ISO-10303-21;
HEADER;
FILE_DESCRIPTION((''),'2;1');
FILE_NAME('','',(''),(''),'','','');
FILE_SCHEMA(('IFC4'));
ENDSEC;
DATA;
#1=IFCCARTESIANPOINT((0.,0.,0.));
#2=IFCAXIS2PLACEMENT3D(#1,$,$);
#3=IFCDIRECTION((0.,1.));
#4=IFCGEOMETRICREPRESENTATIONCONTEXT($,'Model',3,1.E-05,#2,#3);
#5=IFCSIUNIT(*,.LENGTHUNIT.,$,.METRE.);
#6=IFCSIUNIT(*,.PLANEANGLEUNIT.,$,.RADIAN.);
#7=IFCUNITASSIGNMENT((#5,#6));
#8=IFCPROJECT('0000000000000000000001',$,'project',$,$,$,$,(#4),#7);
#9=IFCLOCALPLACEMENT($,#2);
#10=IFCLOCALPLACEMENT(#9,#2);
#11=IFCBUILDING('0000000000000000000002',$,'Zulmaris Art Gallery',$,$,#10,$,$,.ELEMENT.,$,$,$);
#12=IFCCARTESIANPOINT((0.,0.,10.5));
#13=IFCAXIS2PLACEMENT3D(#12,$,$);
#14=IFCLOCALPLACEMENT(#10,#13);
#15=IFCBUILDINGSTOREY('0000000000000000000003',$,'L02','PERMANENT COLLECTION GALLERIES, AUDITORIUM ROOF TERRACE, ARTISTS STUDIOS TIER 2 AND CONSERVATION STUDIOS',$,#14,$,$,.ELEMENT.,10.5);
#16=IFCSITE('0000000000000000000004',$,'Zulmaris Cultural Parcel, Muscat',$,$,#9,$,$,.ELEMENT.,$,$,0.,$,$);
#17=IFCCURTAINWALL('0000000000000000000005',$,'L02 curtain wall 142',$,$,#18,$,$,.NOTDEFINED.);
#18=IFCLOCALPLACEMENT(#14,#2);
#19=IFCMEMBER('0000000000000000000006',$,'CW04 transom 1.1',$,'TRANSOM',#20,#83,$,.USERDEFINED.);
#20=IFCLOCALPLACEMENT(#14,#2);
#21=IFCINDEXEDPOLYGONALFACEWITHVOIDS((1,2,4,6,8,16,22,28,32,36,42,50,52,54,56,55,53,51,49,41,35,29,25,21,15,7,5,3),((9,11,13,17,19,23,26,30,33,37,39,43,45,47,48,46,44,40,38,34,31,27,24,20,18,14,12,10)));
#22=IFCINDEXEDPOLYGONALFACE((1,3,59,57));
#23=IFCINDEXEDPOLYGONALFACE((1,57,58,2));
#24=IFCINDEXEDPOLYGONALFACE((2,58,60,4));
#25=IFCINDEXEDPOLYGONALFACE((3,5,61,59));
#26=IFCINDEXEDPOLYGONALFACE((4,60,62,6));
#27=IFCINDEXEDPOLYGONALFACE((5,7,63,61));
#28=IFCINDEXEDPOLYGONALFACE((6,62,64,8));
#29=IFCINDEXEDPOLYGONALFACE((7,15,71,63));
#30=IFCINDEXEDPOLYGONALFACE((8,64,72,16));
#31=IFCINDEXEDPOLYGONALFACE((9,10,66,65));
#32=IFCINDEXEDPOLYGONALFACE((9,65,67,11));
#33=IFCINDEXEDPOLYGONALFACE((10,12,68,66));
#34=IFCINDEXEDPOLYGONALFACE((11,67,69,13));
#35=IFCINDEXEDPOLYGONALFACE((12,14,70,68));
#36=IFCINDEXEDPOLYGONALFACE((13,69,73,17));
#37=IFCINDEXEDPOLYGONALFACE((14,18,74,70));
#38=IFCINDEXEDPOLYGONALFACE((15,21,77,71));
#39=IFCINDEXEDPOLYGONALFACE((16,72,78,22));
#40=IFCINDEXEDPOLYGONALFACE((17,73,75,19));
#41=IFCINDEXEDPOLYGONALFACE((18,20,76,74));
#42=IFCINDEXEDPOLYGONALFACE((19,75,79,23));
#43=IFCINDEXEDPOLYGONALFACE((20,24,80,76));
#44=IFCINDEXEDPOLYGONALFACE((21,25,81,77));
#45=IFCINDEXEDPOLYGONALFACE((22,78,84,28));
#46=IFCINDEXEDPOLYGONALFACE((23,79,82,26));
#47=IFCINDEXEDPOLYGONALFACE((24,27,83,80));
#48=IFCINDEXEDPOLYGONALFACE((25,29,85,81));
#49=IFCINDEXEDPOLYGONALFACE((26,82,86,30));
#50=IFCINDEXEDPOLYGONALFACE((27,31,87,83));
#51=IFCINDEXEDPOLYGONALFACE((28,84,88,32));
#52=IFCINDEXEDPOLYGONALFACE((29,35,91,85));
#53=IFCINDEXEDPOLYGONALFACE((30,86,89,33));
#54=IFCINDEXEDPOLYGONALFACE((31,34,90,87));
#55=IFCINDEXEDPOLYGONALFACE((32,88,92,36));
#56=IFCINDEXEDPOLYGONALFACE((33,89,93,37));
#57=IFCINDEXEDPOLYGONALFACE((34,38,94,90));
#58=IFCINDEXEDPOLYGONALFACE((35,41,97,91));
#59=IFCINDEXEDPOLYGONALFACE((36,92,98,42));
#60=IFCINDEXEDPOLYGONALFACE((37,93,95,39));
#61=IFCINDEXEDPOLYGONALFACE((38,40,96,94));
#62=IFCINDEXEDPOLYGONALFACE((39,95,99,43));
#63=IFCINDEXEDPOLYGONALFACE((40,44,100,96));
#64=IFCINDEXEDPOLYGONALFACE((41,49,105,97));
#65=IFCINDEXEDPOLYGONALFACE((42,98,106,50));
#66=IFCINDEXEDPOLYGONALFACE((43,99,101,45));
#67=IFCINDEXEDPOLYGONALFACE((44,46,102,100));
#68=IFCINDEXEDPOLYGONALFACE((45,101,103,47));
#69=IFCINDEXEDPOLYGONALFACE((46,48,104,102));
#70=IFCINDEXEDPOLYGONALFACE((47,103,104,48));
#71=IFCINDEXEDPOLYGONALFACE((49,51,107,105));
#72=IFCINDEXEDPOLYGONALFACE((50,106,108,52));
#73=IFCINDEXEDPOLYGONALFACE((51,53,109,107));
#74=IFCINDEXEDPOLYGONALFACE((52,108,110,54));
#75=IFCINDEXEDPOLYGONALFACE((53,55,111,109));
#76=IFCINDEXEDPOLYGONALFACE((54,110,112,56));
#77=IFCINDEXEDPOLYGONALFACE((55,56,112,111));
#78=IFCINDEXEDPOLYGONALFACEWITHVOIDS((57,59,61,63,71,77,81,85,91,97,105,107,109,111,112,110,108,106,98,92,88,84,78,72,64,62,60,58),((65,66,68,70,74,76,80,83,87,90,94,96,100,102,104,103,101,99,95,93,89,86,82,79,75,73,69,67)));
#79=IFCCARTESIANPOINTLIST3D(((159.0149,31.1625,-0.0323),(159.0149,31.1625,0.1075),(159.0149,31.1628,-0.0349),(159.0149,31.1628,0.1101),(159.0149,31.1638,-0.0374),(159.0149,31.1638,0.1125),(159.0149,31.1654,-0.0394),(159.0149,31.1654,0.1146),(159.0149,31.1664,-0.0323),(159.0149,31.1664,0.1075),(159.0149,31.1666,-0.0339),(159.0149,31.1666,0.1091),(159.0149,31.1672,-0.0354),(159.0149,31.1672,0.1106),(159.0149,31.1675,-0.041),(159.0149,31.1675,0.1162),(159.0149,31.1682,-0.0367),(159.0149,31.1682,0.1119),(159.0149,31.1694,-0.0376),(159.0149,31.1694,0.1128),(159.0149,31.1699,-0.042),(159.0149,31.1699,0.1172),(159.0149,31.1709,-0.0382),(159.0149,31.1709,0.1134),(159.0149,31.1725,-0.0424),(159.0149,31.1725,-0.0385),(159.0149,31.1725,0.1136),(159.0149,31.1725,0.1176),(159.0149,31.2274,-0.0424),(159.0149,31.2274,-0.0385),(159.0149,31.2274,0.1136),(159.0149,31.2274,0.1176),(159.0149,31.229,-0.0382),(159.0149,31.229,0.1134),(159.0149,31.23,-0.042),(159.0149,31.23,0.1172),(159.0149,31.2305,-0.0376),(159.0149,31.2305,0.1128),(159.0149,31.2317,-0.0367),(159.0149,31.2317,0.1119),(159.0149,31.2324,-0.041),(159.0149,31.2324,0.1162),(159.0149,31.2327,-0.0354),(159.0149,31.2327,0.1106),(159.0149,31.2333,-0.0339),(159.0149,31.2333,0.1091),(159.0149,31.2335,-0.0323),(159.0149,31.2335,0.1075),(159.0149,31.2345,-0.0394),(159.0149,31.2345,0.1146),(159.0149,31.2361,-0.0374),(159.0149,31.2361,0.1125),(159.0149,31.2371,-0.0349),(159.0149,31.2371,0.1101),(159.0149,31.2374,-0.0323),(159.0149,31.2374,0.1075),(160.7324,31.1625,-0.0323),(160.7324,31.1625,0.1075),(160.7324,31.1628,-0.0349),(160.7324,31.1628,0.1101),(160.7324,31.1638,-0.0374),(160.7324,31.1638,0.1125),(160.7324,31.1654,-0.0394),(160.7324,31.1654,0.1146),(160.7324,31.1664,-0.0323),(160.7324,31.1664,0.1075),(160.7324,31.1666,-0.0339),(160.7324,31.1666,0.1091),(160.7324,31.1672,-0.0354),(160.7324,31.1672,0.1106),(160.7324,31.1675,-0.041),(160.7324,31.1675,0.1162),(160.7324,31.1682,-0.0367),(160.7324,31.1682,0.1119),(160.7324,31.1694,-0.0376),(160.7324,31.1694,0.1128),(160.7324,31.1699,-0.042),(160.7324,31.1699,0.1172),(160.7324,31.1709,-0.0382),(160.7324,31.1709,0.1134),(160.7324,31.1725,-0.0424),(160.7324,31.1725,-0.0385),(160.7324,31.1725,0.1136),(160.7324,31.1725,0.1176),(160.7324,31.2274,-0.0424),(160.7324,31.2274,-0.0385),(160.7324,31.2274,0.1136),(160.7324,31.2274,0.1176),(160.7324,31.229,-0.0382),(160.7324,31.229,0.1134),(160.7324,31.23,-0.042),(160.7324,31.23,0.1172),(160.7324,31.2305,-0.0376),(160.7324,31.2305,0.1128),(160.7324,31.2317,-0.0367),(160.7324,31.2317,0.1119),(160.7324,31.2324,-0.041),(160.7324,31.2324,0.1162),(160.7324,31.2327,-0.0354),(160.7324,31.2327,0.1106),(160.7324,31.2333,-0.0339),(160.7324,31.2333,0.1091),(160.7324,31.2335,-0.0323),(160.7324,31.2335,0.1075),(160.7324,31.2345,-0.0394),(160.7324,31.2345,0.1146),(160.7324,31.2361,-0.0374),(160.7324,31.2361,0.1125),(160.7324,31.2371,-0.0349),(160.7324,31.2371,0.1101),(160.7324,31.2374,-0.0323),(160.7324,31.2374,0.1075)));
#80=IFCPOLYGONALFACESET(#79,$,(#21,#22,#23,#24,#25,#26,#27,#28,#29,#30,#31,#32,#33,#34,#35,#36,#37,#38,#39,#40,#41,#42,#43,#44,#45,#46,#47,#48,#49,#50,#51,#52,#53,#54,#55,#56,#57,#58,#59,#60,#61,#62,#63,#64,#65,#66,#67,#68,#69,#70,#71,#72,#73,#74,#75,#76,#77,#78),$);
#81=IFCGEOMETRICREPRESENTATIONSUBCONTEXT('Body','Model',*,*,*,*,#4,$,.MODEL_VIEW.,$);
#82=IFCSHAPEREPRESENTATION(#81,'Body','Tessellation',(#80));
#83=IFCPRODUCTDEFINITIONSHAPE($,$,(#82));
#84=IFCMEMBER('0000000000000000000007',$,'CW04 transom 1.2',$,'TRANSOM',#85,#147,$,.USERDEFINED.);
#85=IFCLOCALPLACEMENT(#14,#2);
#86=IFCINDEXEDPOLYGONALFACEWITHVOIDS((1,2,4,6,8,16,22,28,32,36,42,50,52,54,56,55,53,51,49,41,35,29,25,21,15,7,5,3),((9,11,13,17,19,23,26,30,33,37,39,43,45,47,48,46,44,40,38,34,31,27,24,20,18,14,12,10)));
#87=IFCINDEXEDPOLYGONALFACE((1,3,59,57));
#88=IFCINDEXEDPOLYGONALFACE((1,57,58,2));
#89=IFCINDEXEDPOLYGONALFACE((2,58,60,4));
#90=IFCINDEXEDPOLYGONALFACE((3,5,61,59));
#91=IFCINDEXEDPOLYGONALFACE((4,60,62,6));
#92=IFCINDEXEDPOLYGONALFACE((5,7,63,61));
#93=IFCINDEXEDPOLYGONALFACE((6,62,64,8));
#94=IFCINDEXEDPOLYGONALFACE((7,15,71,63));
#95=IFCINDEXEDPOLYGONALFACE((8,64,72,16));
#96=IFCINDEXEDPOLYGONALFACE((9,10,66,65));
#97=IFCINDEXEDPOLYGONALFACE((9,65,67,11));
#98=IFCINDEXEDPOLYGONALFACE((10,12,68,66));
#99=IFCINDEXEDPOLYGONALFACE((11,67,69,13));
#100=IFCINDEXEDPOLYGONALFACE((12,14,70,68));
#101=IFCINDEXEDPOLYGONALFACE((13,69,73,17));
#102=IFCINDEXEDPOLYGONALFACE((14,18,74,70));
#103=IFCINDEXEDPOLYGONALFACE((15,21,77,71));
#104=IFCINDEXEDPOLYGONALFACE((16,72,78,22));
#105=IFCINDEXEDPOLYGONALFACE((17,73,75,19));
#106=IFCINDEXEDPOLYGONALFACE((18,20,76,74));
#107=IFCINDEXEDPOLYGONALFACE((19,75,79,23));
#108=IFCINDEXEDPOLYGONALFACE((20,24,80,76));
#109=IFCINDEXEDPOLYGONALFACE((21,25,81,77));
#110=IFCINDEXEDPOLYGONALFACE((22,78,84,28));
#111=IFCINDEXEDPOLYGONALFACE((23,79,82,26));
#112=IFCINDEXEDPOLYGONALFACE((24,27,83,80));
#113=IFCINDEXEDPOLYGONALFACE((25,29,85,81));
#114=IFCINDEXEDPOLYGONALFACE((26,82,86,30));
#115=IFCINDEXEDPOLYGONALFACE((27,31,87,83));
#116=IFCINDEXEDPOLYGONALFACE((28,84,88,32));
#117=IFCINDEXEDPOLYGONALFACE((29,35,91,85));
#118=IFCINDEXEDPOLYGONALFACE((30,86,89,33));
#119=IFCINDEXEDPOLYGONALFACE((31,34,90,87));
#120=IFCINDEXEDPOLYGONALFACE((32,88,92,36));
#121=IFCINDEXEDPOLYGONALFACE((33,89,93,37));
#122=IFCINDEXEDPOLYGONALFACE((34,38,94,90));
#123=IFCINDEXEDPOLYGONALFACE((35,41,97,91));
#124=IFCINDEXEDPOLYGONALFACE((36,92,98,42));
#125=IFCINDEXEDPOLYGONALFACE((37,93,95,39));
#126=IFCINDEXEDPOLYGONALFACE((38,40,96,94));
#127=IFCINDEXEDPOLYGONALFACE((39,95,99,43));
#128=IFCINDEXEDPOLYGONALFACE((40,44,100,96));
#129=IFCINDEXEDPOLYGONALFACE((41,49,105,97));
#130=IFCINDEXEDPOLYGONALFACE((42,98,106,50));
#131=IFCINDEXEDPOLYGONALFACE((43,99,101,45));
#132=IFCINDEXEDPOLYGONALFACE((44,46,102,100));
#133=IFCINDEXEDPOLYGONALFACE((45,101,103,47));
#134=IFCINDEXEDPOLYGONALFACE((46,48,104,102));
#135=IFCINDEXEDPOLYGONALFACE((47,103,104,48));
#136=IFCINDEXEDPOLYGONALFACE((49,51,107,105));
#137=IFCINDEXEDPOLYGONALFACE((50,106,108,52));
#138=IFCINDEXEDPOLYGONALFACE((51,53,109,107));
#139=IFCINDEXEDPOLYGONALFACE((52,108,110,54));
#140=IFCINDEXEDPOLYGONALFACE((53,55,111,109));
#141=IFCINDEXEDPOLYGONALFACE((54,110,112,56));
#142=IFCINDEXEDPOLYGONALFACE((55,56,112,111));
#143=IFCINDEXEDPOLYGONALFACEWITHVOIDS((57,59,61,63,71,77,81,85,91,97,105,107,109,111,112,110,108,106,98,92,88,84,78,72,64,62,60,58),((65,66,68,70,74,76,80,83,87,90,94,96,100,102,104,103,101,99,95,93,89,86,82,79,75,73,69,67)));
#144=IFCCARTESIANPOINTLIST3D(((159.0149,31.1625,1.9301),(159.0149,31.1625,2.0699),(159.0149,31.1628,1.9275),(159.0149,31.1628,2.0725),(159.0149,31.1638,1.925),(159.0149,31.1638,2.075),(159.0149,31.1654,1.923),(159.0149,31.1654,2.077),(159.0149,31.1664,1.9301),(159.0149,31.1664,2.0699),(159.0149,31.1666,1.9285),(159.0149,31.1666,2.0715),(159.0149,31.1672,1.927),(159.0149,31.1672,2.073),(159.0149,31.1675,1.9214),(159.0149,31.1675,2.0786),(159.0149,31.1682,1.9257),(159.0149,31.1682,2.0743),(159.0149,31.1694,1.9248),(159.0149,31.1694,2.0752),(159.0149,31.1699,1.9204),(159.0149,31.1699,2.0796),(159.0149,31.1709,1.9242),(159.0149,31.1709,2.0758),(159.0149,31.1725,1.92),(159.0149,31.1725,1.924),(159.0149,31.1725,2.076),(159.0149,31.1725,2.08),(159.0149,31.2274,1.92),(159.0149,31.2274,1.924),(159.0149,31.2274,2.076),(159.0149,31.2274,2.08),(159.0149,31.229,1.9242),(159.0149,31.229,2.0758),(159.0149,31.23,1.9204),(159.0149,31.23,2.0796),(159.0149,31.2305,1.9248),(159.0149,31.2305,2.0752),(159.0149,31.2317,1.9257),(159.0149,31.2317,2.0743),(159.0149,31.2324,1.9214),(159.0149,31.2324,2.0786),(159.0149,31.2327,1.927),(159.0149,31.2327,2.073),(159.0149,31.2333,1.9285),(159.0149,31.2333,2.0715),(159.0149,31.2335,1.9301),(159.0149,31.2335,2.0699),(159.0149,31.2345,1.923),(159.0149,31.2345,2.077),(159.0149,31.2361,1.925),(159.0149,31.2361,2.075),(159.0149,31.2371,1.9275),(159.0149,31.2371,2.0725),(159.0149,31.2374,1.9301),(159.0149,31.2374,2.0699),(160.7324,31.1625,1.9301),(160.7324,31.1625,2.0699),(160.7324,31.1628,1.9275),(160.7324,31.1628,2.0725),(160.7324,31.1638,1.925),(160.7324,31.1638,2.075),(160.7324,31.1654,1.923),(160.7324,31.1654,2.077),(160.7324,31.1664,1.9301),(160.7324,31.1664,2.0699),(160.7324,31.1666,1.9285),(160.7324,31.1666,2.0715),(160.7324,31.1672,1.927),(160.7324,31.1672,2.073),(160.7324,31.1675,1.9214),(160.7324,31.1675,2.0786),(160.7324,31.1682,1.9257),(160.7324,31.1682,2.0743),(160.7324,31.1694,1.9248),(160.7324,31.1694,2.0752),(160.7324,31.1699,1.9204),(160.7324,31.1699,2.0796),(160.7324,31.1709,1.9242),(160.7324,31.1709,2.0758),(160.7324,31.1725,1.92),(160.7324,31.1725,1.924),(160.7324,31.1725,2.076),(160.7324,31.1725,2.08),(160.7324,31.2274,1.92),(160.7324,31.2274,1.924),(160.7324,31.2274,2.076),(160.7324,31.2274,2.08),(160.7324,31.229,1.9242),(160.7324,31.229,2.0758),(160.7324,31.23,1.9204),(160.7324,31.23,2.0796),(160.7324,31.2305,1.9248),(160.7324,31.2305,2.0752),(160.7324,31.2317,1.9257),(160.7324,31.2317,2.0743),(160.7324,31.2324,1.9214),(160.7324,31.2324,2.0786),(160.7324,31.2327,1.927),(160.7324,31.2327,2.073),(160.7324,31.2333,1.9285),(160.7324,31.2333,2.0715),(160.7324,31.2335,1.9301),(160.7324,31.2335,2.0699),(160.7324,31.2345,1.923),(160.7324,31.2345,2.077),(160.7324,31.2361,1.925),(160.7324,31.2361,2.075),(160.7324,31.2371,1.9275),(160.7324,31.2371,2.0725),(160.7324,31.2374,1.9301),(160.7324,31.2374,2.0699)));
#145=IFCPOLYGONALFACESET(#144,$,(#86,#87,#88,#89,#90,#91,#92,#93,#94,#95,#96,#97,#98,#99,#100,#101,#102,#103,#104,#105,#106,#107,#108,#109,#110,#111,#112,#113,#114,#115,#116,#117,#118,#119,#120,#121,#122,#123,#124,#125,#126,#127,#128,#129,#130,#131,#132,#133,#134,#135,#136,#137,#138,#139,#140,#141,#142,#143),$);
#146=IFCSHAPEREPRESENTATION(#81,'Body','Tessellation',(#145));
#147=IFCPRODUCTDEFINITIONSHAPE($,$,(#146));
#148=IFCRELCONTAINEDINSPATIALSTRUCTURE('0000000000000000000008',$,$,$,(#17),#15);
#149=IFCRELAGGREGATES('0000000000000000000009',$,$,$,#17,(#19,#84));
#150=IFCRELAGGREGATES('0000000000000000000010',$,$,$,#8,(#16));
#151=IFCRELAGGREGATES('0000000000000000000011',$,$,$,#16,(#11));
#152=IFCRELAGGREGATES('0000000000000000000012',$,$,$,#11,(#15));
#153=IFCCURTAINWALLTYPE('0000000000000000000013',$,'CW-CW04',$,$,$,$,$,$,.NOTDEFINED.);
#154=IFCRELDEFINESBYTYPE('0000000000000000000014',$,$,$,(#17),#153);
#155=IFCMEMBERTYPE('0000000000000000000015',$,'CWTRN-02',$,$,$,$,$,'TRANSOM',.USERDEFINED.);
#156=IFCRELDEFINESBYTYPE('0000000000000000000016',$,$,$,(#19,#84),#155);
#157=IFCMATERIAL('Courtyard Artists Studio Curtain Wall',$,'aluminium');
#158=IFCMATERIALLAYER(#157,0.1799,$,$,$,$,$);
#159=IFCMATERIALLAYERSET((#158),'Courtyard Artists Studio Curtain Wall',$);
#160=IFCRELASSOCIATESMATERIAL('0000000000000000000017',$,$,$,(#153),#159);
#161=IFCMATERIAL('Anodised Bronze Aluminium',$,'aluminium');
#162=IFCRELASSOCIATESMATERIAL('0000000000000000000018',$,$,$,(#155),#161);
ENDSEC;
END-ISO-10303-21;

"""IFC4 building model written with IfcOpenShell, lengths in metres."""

from ifc_helpers import new_model, si_unit, direction, frame, origin, origin_2d, place, context, subcontext, project, spatial, hollow_rectangle, extrude, material, layer, layer_set, material_profile, profile_set, type_object, element, aggregate, save


model = new_model("IFC4")

# Units and contexts
model_context = context("Model", 3, precision=1e-05, world=origin(), true_north=direction((0.0, 1.0)))
body_context = subcontext(model_context, "Body", "Model", "MODEL_VIEW")
ifc_project = project(units=[si_unit("LENGTHUNIT", "METRE"), si_unit("PLANEANGLEUNIT", "RADIAN")], contexts=[model_context])

# Site, building, storey
site_placement = place(None, origin())
site = spatial("IfcSite", under=ifc_project, at=site_placement, Name="Zulmaris Cultural Parcel, Muscat", CompositionType="ELEMENT", RefElevation=0.0)
building_placement = place(site_placement, origin())
building = spatial("IfcBuilding", under=site, at=building_placement, Name="Zulmaris Art Gallery", CompositionType="ELEMENT")
storey_placement = place(building_placement, frame((0.0, 0.0, 10.5)))
storey = spatial("IfcBuildingStorey", under=building, at=storey_placement, Name="L02", Description="PERMANENT COLLECTION GALLERIES, AUDITORIUM ROOF TERRACE, ARTISTS STUDIOS TIER 2 AND CONSERVATION STUDIOS", CompositionType="ELEMENT", Elevation=10.5)

# Curtain wall, members
ifc_material_1 = material(Name="Courtyard Artists Studio Curtain Wall", Category="aluminium")
ifc_layer_1 = layer(ifc_material_1, 0.1799)
ifc_layer_set_1 = layer_set([ifc_layer_1], Name="Courtyard Artists Studio Curtain Wall")
curtain_wall_type = type_object("IfcCurtainWallType", Name="CW-CW04", PredefinedType="NOTDEFINED", material=ifc_layer_set_1)
curtain_wall_placement = place(storey_placement, origin())
curtain_wall = element("IfcCurtainWall", 1, at=curtain_wall_placement, inside=storey, type_object=curtain_wall_type, Name="L02 curtain wall 142", PredefinedType="NOTDEFINED")
ifc_material_2 = material(Name="Anodised Bronze Aluminium", Category="aluminium")
ifc_material_profile_1 = material_profile(ifc_material_2, hollow_rectangle(XDim=0.075, YDim=0.1599, WallThickness=0.0039, InnerFilletRadius=0.0061, OuterFilletRadius=0.01, at=origin_2d()), Name="ALU 75x160x4")
ifc_profile_set_1 = profile_set([ifc_material_profile_1], Name="Anodised Bronze Aluminium")
member_type_1 = type_object("IfcMemberType", Name="CWTRN-02", ElementType="TRANSOM", PredefinedType="USERDEFINED", material=ifc_profile_set_1)
member_1_placement = place(storey_placement, frame((159.0149, 31.2, 0.0376), z_axis=(1.0, 0.0, 0.0), x_axis=(0.0, 1.0, 0.0)))
member_1 = element("IfcMember", 2, at=member_1_placement, type_object=member_type_1, Name="CW04 transom 1.1", ObjectType="TRANSOM", PredefinedType="USERDEFINED", context=body_context, shape_type="SweptSolid", body=[
    extrude(hollow_rectangle(XDim=0.075, YDim=0.1599, WallThickness=0.0039, InnerFilletRadius=0.0061, OuterFilletRadius=0.01, at=origin_2d()), origin(), (0.0, 0.0, 1.0), 1.7175),
])
member_2_placement = place(storey_placement, frame((159.0149, 31.2, 2.0), z_axis=(1.0, 0.0, 0.0), x_axis=(0.0, 1.0, 0.0)))
member_2 = element("IfcMember", 3, at=member_2_placement, type_object=member_type_1, Name="CW04 transom 1.2", ObjectType="TRANSOM", PredefinedType="USERDEFINED", context=body_context, shape_type="SweptSolid", body=[
    extrude(hollow_rectangle(XDim=0.075, YDim=0.1599, WallThickness=0.0039, InnerFilletRadius=0.0061, OuterFilletRadius=0.01, at=origin_2d()), origin(), (0.0, 0.0, 1.0), 1.7175),
])
aggregate(curtain_wall, [member_1, member_2])

save(model, "model.ifc")
